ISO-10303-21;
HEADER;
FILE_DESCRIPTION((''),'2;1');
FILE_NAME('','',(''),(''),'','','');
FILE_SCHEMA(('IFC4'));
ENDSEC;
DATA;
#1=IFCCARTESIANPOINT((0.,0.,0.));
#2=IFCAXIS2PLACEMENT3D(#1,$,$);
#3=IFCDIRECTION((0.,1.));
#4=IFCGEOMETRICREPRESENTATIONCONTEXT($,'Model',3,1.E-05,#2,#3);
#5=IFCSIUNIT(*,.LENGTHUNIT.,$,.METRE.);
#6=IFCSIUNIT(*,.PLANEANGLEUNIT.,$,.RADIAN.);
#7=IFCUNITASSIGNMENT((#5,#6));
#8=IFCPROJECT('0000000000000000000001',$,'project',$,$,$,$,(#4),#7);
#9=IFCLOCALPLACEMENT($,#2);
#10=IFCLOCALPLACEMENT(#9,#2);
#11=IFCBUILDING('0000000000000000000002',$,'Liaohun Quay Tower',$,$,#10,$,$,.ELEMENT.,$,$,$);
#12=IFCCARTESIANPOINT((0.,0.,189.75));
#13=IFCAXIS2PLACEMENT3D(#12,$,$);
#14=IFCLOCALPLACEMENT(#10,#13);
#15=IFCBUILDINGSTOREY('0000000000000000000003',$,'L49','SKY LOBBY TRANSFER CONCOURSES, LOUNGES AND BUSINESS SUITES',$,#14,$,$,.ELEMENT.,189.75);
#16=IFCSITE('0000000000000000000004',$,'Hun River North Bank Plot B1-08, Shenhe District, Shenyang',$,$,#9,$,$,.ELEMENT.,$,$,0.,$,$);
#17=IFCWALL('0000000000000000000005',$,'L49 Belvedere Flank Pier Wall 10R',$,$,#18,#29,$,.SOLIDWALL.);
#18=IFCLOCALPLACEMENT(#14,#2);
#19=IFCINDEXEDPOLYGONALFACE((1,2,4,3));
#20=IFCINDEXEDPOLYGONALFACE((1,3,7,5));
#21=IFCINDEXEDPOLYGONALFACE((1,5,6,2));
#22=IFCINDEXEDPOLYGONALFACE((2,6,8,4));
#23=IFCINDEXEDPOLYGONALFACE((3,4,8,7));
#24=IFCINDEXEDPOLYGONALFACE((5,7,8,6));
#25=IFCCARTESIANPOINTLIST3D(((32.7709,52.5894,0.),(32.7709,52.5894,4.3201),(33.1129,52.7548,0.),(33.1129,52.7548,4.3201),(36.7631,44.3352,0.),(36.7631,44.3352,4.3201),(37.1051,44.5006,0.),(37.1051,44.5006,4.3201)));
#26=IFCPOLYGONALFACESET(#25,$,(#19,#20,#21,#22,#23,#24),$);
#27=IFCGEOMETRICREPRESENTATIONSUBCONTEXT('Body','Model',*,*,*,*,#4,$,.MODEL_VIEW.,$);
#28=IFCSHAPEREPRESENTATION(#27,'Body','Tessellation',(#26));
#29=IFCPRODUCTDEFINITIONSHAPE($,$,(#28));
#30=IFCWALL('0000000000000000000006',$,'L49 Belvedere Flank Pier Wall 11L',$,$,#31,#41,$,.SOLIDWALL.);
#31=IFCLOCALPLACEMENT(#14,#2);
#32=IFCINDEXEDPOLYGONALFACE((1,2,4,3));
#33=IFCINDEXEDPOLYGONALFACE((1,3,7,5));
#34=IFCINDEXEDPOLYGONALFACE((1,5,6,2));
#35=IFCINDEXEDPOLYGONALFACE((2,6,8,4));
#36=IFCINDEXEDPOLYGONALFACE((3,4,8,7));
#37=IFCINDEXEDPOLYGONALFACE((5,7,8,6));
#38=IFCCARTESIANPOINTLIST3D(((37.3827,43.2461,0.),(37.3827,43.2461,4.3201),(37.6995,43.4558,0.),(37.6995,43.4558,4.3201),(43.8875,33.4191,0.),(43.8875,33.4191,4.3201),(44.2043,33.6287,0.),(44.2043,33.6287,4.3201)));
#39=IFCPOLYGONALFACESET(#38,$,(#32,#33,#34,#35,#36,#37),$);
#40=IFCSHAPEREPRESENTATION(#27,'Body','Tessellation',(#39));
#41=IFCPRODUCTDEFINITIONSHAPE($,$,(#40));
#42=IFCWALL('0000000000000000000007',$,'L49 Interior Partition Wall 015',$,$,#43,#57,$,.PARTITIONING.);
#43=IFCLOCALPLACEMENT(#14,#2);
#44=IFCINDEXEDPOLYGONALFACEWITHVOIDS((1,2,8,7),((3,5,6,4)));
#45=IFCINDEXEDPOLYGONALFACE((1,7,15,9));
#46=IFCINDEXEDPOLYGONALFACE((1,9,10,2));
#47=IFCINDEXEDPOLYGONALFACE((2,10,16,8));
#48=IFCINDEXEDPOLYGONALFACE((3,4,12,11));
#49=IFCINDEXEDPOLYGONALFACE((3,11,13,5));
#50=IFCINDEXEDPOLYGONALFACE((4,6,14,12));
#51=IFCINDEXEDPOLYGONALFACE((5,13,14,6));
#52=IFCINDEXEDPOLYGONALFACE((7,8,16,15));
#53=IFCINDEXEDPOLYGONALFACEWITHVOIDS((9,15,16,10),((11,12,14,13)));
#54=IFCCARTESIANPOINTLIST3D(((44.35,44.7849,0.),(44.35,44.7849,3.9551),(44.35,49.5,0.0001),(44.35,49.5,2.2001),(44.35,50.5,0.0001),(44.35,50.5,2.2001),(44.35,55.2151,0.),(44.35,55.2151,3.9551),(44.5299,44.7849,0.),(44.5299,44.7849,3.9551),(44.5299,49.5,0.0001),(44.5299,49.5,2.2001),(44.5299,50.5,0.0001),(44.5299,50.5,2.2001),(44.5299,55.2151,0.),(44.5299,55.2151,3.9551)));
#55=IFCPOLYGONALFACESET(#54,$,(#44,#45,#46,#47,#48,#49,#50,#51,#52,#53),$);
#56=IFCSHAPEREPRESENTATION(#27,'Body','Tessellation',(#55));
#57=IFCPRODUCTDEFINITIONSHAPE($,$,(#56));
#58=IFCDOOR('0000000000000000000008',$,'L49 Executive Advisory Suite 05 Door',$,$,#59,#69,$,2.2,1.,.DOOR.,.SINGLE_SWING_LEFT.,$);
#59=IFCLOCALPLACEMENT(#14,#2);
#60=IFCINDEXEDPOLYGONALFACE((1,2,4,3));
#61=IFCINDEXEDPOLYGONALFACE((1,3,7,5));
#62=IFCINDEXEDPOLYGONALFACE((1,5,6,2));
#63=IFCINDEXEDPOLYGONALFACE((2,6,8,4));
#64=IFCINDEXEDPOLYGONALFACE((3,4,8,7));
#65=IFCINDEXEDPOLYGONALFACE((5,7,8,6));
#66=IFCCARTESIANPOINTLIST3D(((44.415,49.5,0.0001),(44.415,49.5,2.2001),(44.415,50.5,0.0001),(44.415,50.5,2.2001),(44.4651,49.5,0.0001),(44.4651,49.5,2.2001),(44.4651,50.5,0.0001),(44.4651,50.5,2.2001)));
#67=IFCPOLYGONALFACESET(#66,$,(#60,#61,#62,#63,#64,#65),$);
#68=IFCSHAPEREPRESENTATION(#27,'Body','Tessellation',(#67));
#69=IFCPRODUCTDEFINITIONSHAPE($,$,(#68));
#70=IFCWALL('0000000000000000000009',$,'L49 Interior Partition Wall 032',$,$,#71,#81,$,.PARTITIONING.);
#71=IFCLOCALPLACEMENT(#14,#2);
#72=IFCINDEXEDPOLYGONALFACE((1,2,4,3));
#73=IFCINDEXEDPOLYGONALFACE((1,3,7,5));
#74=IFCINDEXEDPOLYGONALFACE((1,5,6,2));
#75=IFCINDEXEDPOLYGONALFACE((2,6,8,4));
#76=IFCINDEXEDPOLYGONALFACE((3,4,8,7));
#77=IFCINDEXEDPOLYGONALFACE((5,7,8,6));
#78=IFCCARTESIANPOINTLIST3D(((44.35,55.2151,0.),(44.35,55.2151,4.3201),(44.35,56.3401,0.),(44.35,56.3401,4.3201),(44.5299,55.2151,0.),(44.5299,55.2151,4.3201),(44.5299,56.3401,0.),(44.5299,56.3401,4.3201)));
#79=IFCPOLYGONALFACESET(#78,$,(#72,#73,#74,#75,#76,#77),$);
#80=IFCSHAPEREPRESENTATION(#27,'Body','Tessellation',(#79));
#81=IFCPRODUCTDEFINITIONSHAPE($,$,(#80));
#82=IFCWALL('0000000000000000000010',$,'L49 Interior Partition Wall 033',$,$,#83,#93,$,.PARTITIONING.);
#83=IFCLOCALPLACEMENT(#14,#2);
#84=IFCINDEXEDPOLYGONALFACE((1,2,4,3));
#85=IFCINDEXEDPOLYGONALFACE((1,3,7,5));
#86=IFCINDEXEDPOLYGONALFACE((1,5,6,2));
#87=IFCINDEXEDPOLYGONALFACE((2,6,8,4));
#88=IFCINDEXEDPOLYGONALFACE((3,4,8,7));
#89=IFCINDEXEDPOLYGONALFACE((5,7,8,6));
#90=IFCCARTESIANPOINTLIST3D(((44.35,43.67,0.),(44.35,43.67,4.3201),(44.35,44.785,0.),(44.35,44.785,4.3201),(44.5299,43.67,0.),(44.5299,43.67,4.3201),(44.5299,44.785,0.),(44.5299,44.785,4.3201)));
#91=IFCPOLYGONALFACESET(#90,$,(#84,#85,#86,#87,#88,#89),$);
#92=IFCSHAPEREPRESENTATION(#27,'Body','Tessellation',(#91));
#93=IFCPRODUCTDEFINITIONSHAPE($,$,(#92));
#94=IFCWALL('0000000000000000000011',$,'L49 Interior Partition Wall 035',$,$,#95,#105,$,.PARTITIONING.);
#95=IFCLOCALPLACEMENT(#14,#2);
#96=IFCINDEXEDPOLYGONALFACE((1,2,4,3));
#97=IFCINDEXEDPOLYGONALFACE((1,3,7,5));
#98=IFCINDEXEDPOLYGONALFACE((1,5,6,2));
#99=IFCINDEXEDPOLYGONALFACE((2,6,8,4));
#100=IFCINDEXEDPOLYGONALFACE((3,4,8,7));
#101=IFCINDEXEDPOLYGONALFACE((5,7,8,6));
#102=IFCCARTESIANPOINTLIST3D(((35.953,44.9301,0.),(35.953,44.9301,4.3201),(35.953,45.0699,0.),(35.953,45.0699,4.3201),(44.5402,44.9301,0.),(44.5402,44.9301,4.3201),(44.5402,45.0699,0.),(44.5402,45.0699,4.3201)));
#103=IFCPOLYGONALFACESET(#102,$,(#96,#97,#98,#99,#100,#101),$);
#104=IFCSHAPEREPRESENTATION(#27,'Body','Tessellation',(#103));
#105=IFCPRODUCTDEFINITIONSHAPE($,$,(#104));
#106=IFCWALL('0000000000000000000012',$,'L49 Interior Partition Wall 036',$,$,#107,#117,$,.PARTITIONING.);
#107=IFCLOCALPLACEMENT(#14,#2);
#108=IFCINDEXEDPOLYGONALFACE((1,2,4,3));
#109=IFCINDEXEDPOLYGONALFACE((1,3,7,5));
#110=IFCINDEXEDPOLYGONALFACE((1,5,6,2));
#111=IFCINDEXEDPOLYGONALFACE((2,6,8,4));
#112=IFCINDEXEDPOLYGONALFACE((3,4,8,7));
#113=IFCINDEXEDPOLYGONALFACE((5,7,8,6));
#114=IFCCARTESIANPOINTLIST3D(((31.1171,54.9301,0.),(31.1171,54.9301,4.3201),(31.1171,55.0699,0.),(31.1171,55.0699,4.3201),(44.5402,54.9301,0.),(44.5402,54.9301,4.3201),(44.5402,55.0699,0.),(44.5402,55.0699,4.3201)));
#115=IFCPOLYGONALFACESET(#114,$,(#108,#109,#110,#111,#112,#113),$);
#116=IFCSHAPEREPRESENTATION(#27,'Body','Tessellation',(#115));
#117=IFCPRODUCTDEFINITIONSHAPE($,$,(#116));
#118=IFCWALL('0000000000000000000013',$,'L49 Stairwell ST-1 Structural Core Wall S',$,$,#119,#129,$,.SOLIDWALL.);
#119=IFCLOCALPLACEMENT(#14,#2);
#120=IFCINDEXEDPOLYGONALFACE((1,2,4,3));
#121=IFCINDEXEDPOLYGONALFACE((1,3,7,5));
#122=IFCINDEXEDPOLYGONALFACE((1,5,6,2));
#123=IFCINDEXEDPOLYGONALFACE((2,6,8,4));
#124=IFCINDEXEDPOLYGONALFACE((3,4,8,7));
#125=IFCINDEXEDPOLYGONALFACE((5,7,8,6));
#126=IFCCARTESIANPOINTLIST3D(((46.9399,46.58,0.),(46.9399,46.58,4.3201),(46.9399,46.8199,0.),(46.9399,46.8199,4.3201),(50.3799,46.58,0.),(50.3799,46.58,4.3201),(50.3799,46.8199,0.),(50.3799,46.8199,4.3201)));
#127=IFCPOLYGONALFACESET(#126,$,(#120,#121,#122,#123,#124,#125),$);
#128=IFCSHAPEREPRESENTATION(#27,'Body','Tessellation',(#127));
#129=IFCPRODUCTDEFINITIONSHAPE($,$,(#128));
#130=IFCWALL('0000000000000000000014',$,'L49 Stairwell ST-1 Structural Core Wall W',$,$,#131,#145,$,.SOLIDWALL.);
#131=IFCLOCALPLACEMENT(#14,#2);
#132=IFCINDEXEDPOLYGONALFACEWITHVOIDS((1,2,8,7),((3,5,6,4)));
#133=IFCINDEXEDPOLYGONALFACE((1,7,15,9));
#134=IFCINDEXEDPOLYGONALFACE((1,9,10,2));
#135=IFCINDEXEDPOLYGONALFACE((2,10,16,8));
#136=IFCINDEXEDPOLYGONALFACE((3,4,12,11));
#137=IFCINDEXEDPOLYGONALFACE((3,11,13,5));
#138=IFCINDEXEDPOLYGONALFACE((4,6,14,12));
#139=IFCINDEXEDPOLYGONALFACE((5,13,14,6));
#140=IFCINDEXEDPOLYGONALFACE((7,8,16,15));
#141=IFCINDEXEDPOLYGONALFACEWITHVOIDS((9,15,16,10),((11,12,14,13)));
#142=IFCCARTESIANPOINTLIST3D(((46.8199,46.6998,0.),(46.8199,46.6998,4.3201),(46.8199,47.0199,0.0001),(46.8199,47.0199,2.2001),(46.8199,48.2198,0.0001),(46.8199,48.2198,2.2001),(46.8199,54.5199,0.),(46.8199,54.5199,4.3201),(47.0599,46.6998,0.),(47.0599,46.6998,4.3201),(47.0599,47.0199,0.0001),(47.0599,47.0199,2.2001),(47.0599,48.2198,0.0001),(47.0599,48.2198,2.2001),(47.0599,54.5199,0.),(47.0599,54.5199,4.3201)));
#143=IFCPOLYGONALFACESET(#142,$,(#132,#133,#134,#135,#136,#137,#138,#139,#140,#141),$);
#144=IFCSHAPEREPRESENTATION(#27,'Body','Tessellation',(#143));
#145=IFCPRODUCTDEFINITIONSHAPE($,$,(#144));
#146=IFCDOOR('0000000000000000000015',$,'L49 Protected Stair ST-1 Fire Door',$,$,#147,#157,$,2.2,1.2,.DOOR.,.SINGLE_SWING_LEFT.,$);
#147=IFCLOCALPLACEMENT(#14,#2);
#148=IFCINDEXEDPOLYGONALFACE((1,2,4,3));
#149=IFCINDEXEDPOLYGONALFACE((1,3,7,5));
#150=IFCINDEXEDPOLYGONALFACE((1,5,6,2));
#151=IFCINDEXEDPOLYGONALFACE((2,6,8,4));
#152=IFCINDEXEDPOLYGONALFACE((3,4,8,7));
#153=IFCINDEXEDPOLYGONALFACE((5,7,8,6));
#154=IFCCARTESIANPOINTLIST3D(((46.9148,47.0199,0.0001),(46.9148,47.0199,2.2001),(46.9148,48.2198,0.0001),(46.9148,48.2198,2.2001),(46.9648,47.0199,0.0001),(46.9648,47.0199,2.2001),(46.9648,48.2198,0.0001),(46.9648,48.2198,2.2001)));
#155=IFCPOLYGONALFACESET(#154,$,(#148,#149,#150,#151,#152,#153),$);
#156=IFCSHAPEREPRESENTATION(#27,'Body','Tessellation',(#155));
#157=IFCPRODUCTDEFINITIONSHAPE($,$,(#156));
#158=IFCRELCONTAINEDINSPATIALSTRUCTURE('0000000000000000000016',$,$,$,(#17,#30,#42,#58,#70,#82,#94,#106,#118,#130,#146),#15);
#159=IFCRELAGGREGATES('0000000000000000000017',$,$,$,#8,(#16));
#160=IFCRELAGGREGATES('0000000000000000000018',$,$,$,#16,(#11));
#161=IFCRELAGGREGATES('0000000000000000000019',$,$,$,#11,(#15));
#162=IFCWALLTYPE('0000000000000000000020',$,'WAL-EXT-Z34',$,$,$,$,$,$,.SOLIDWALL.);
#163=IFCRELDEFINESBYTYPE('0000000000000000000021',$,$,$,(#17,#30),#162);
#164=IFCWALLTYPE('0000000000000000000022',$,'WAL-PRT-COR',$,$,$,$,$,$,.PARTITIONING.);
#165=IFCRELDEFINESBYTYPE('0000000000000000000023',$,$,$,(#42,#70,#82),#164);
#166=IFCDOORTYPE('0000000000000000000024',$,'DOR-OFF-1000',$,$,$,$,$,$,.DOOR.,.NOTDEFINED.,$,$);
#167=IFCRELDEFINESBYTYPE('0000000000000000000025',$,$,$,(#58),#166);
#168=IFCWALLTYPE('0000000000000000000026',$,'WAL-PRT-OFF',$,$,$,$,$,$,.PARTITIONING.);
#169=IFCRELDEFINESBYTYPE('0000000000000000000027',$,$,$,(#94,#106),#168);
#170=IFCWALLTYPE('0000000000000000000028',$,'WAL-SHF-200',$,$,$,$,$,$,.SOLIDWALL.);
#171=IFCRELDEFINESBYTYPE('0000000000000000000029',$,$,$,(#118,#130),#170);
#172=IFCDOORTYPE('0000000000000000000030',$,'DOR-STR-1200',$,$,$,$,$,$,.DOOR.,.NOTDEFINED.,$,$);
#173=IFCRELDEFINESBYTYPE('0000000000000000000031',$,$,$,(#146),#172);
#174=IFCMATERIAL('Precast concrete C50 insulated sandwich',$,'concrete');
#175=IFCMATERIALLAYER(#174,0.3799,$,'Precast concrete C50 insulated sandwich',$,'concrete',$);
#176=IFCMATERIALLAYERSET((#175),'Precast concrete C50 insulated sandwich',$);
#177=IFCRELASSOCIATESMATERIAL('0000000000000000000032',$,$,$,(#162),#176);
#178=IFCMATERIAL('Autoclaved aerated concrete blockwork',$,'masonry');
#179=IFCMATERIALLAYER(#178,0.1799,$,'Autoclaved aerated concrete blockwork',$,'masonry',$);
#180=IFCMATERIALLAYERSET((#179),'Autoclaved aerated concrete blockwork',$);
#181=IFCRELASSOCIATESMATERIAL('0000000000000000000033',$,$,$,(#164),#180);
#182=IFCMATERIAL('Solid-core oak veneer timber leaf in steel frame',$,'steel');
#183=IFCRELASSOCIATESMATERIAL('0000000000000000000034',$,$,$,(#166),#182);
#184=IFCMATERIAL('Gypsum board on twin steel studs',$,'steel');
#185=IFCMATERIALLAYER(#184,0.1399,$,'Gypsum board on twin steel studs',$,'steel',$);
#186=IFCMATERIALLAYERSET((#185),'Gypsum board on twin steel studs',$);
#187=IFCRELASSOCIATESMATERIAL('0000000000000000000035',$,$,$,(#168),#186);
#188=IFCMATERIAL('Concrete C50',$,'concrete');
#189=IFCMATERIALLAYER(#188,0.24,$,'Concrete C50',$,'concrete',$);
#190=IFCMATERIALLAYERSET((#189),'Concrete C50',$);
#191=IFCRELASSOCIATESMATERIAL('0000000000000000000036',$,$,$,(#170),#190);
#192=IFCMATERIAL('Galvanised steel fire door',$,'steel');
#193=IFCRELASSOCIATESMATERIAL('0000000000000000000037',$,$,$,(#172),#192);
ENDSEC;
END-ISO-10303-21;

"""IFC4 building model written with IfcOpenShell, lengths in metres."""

from ifc_helpers import new_model, si_unit, direction, frame, frame_2d, origin, place, context, subcontext, project, spatial, rectangle, extrude, source, transform, mapped, material, layer, layer_set, type_object, element, fill, save


model = new_model("IFC4")

# Units and contexts
model_context = context("Model", 3, precision=1e-05, world=origin(), true_north=direction((0.0, 1.0)))
body_context = subcontext(model_context, "Body", "Model", "MODEL_VIEW")
ifc_project = project(units=[si_unit("LENGTHUNIT", "METRE"), si_unit("PLANEANGLEUNIT", "RADIAN")], contexts=[model_context])

# Site, building, storey
site_placement = place(None, origin())
site = spatial("IfcSite", under=ifc_project, at=site_placement, Name="Hun River North Bank Plot B1-08, Shenhe District, Shenyang", CompositionType="ELEMENT", RefElevation=0.0)
building_placement = place(site_placement, origin())
building = spatial("IfcBuilding", under=site, at=building_placement, Name="Liaohun Quay Tower", CompositionType="ELEMENT")
storey_placement = place(building_placement, frame((0.0, 0.0, 189.75)))
storey = spatial("IfcBuildingStorey", under=building, at=storey_placement, Name="L49", Description="SKY LOBBY TRANSFER CONCOURSES, LOUNGES AND BUSINESS SUITES", CompositionType="ELEMENT", Elevation=189.75)

# Walls
ifc_material_1 = material(Name="Precast concrete C50 insulated sandwich", Category="concrete")
ifc_layer_1 = layer(ifc_material_1, 0.3799, Name="Precast concrete C50 insulated sandwich", Category="concrete")
ifc_layer_set_1 = layer_set([ifc_layer_1], Name="Precast concrete C50 insulated sandwich")
wall_type_1 = type_object("IfcWallType", Name="WAL-EXT-Z34", PredefinedType="SOLIDWALL", material=ifc_layer_set_1)
wall_1_placement = place(storey_placement, frame((32.9419, 52.6721, 0.0), z_axis=(0.0, 0.0, 1.0), x_axis=(0.435406, -0.900234, 0.0)))
element("IfcWall", 1, at=wall_1_placement, inside=storey, type_object=wall_type_1, Name="L49 Belvedere Flank Pier Wall 10R", PredefinedType="SOLIDWALL", context=body_context, shape_type="SweptSolid", body=[
    extrude(rectangle(XDim=9.1689, YDim=0.3799, at=frame_2d((4.5845, 0.0))), origin(), (0.0, 0.0, 1.0), 4.3201),
])
wall_2_placement = place(storey_placement, frame((37.541, 43.3511, 0.0), z_axis=(0.0, 0.0, 1.0), x_axis=(0.551963, -0.833869, 0.0)))
element("IfcWall", 2, at=wall_2_placement, inside=storey, type_object=wall_type_1, Name="L49 Belvedere Flank Pier Wall 11L", PredefinedType="SOLIDWALL", context=body_context, shape_type="SweptSolid", body=[
    extrude(rectangle(XDim=11.7849, YDim=0.3799, at=frame_2d((5.8926, 0.0))), origin(), (0.0, 0.0, 1.0), 4.3201),
])

# Wall, opening, door
ifc_material_2 = material(Name="Autoclaved aerated concrete blockwork", Category="masonry")
ifc_layer_2 = layer(ifc_material_2, 0.1799, Name="Autoclaved aerated concrete blockwork", Category="masonry")
ifc_layer_set_2 = layer_set([ifc_layer_2], Name="Autoclaved aerated concrete blockwork")
wall_type_2 = type_object("IfcWallType", Name="WAL-PRT-COR", PredefinedType="PARTITIONING", material=ifc_layer_set_2)
wall_3_placement = place(storey_placement, frame((44.4399, 44.7849, 0.0), z_axis=(0.0, 0.0, 1.0), x_axis=(0.0, 1.0, 0.0)))
wall_3 = element("IfcWall", 3, at=wall_3_placement, inside=storey, type_object=wall_type_2, Name="L49 Interior Partition Wall 015", PredefinedType="PARTITIONING", context=body_context, shape_type="SweptSolid", body=[
    extrude(rectangle(XDim=10.4302, YDim=0.1799, at=frame_2d((5.2151, 0.0))), origin(), (0.0, 0.0, 1.0), 3.9551),
])
shared_shape_1 = source(origin(), body_context, "Body", "SweptSolid", [
    extrude(rectangle(XDim=1.0, YDim=2.2, at=frame_2d((0.5, 1.1001))), frame((0.0, 0.0999, 0.0), z_axis=(0.0, -1.0, 0.0), x_axis=(1.0, 0.0, 0.0)), (0.0, 0.0, 1.0), 0.2),
])
opening_1_placement = place(wall_3_placement, frame((4.7151, 0.0, 0.0)))
opening_1 = element("IfcOpeningElement", 4, at=opening_1_placement, cuts=wall_3, PredefinedType="OPENING", context=body_context, shape_type="MappedRepresentation", body=[
    mapped(shared_shape_1, transform((0.0, 0.0, 0.0), x_axis=(1.0, 0.0, 0.0), y_axis=(0.0, 1.0, 0.0), z_axis=(0.0, 0.0, 1.0), scale=1.0)),
])
ifc_material_3 = material(Name="Solid-core oak veneer timber leaf in steel frame", Category="steel")
door_type_1 = type_object("IfcDoorType", Name="DOR-OFF-1000", OperationType="NOTDEFINED", PredefinedType="DOOR", material=ifc_material_3)
shared_shape_2 = source(origin(), body_context, "Body", "SweptSolid", [
    extrude(rectangle(XDim=1.0, YDim=2.2, at=frame_2d((0.5, 1.1001))), frame((0.0, 0.0249, 0.0), z_axis=(0.0, -1.0, 0.0), x_axis=(1.0, 0.0, 0.0)), (0.0, 0.0, 1.0), 0.05),
])
door_1_placement = place(opening_1_placement, origin())
door_1 = element("IfcDoor", 5, at=door_1_placement, inside=storey, type_object=door_type_1, Name="L49 Executive Advisory Suite 05 Door", OperationType="SINGLE_SWING_LEFT", OverallHeight=2.2, OverallWidth=1.0, PredefinedType="DOOR", context=body_context, shape_type="MappedRepresentation", body=[
    mapped(shared_shape_2, transform((0.0, 0.0, 0.0), x_axis=(1.0, 0.0, 0.0), y_axis=(0.0, 1.0, 0.0), z_axis=(0.0, 0.0, 1.0), scale=1.0)),
])
fill(opening_1, door_1)

# Walls
wall_4_placement = place(storey_placement, frame((44.4399, 55.2151, 0.0), z_axis=(0.0, 0.0, 1.0), x_axis=(0.0, 1.0, 0.0)))
element("IfcWall", 6, at=wall_4_placement, inside=storey, type_object=wall_type_2, Name="L49 Interior Partition Wall 032", PredefinedType="PARTITIONING", context=body_context, shape_type="SweptSolid", body=[
    extrude(rectangle(XDim=1.125, YDim=0.1799, at=frame_2d((0.5625, 0.0))), origin(), (0.0, 0.0, 1.0), 4.3201),
])
wall_5_placement = place(storey_placement, frame((44.4399, 43.6699, 0.0), z_axis=(0.0, 0.0, 1.0), x_axis=(0.0, 1.0, 0.0)))
element("IfcWall", 7, at=wall_5_placement, inside=storey, type_object=wall_type_2, Name="L49 Interior Partition Wall 033", PredefinedType="PARTITIONING", context=body_context, shape_type="SweptSolid", body=[
    extrude(rectangle(XDim=1.115, YDim=0.1799, at=frame_2d((0.5576, 0.0))), origin(), (0.0, 0.0, 1.0), 4.3201),
])
ifc_material_4 = material(Name="Gypsum board on twin steel studs", Category="steel")
ifc_layer_3 = layer(ifc_material_4, 0.1399, Name="Gypsum board on twin steel studs", Category="steel")
ifc_layer_set_3 = layer_set([ifc_layer_3], Name="Gypsum board on twin steel studs")
wall_type_3 = type_object("IfcWallType", Name="WAL-PRT-OFF", PredefinedType="PARTITIONING", material=ifc_layer_set_3)
wall_6_placement = place(storey_placement, frame((44.54, 45.0, 0.0), z_axis=(0.0, 0.0, 1.0), x_axis=(-1.0, 0.0, 0.0)))
element("IfcWall", 8, at=wall_6_placement, inside=storey, type_object=wall_type_3, Name="L49 Interior Partition Wall 035", PredefinedType="PARTITIONING", context=body_context, shape_type="SweptSolid", body=[
    extrude(rectangle(XDim=8.5872, YDim=0.1399, at=frame_2d((4.2935, 0.0))), origin(), (0.0, 0.0, 1.0), 4.3201),
])
wall_7_placement = place(storey_placement, frame((44.54, 55.0, 0.0), z_axis=(0.0, 0.0, 1.0), x_axis=(-1.0, 0.0, 0.0)))
element("IfcWall", 9, at=wall_7_placement, inside=storey, type_object=wall_type_3, Name="L49 Interior Partition Wall 036", PredefinedType="PARTITIONING", context=body_context, shape_type="SweptSolid", body=[
    extrude(rectangle(XDim=13.4231, YDim=0.1399, at=frame_2d((6.7114, 0.0))), origin(), (0.0, 0.0, 1.0), 4.3201),
])
ifc_material_5 = material(Name="Concrete C50", Category="concrete")
ifc_layer_4 = layer(ifc_material_5, 0.24, Name="Concrete C50", Category="concrete")
ifc_layer_set_4 = layer_set([ifc_layer_4], Name="Concrete C50")
wall_type_4 = type_object("IfcWallType", Name="WAL-SHF-200", PredefinedType="SOLIDWALL", material=ifc_layer_set_4)
wall_8_placement = place(storey_placement, frame((46.9399, 46.7, 0.0), z_axis=(0.0, 0.0, 1.0), x_axis=(1.0, 0.0, 0.0)))
element("IfcWall", 10, at=wall_8_placement, inside=storey, type_object=wall_type_4, Name="L49 Stairwell ST-1 Structural Core Wall S", PredefinedType="SOLIDWALL", context=body_context, shape_type="SweptSolid", body=[
    extrude(rectangle(XDim=3.4399, YDim=0.24, at=frame_2d((1.72, 0.0))), origin(), (0.0, 0.0, 1.0), 4.3201),
])

# Wall, opening, door
wall_9_placement = place(storey_placement, frame((46.9399, 54.52, 0.0), z_axis=(0.0, 0.0, 1.0), x_axis=(0.0, -1.0, 0.0)))
wall_9 = element("IfcWall", 11, at=wall_9_placement, inside=storey, type_object=wall_type_4, Name="L49 Stairwell ST-1 Structural Core Wall W", PredefinedType="SOLIDWALL", context=body_context, shape_type="SweptSolid", body=[
    extrude(rectangle(XDim=7.8201, YDim=0.24, at=frame_2d((3.9102, 0.0))), origin(), (0.0, 0.0, 1.0), 4.3201),
])
shared_shape_3 = source(origin(), body_context, "Body", "SweptSolid", [
    extrude(rectangle(XDim=1.2, YDim=2.2, at=frame_2d((0.6001, 1.1001))), frame((0.0, 0.1299, 0.0), z_axis=(0.0, -1.0, 0.0), x_axis=(1.0, 0.0, 0.0)), (0.0, 0.0, 1.0), 0.26),
])
opening_2_placement = place(wall_9_placement, frame((6.3, 0.0, 0.0)))
opening_2 = element("IfcOpeningElement", 12, at=opening_2_placement, cuts=wall_9, PredefinedType="OPENING", context=body_context, shape_type="MappedRepresentation", body=[
    mapped(shared_shape_3, transform((0.0, 0.0, 0.0), x_axis=(1.0, 0.0, 0.0), y_axis=(0.0, 1.0, 0.0), z_axis=(0.0, 0.0, 1.0), scale=1.0)),
])
ifc_material_6 = material(Name="Galvanised steel fire door", Category="steel")
door_type_2 = type_object("IfcDoorType", Name="DOR-STR-1200", OperationType="NOTDEFINED", PredefinedType="DOOR", material=ifc_material_6)
shared_shape_4 = source(origin(), body_context, "Body", "SweptSolid", [
    extrude(rectangle(XDim=1.2, YDim=2.2, at=frame_2d((0.6001, 1.1001))), frame((0.0, 0.0249, 0.0), z_axis=(0.0, -1.0, 0.0), x_axis=(1.0, 0.0, 0.0)), (0.0, 0.0, 1.0), 0.05),
])
door_2_placement = place(opening_2_placement, origin())
door_2 = element("IfcDoor", 13, at=door_2_placement, inside=storey, type_object=door_type_2, Name="L49 Protected Stair ST-1 Fire Door", OperationType="SINGLE_SWING_LEFT", OverallHeight=2.2, OverallWidth=1.2, PredefinedType="DOOR", context=body_context, shape_type="MappedRepresentation", body=[
    mapped(shared_shape_4, transform((0.0, 0.0, 0.0), x_axis=(1.0, 0.0, 0.0), y_axis=(0.0, 1.0, 0.0), z_axis=(0.0, 0.0, 1.0), scale=1.0)),
])
fill(opening_2, door_2)

save(model, "model.ifc")
